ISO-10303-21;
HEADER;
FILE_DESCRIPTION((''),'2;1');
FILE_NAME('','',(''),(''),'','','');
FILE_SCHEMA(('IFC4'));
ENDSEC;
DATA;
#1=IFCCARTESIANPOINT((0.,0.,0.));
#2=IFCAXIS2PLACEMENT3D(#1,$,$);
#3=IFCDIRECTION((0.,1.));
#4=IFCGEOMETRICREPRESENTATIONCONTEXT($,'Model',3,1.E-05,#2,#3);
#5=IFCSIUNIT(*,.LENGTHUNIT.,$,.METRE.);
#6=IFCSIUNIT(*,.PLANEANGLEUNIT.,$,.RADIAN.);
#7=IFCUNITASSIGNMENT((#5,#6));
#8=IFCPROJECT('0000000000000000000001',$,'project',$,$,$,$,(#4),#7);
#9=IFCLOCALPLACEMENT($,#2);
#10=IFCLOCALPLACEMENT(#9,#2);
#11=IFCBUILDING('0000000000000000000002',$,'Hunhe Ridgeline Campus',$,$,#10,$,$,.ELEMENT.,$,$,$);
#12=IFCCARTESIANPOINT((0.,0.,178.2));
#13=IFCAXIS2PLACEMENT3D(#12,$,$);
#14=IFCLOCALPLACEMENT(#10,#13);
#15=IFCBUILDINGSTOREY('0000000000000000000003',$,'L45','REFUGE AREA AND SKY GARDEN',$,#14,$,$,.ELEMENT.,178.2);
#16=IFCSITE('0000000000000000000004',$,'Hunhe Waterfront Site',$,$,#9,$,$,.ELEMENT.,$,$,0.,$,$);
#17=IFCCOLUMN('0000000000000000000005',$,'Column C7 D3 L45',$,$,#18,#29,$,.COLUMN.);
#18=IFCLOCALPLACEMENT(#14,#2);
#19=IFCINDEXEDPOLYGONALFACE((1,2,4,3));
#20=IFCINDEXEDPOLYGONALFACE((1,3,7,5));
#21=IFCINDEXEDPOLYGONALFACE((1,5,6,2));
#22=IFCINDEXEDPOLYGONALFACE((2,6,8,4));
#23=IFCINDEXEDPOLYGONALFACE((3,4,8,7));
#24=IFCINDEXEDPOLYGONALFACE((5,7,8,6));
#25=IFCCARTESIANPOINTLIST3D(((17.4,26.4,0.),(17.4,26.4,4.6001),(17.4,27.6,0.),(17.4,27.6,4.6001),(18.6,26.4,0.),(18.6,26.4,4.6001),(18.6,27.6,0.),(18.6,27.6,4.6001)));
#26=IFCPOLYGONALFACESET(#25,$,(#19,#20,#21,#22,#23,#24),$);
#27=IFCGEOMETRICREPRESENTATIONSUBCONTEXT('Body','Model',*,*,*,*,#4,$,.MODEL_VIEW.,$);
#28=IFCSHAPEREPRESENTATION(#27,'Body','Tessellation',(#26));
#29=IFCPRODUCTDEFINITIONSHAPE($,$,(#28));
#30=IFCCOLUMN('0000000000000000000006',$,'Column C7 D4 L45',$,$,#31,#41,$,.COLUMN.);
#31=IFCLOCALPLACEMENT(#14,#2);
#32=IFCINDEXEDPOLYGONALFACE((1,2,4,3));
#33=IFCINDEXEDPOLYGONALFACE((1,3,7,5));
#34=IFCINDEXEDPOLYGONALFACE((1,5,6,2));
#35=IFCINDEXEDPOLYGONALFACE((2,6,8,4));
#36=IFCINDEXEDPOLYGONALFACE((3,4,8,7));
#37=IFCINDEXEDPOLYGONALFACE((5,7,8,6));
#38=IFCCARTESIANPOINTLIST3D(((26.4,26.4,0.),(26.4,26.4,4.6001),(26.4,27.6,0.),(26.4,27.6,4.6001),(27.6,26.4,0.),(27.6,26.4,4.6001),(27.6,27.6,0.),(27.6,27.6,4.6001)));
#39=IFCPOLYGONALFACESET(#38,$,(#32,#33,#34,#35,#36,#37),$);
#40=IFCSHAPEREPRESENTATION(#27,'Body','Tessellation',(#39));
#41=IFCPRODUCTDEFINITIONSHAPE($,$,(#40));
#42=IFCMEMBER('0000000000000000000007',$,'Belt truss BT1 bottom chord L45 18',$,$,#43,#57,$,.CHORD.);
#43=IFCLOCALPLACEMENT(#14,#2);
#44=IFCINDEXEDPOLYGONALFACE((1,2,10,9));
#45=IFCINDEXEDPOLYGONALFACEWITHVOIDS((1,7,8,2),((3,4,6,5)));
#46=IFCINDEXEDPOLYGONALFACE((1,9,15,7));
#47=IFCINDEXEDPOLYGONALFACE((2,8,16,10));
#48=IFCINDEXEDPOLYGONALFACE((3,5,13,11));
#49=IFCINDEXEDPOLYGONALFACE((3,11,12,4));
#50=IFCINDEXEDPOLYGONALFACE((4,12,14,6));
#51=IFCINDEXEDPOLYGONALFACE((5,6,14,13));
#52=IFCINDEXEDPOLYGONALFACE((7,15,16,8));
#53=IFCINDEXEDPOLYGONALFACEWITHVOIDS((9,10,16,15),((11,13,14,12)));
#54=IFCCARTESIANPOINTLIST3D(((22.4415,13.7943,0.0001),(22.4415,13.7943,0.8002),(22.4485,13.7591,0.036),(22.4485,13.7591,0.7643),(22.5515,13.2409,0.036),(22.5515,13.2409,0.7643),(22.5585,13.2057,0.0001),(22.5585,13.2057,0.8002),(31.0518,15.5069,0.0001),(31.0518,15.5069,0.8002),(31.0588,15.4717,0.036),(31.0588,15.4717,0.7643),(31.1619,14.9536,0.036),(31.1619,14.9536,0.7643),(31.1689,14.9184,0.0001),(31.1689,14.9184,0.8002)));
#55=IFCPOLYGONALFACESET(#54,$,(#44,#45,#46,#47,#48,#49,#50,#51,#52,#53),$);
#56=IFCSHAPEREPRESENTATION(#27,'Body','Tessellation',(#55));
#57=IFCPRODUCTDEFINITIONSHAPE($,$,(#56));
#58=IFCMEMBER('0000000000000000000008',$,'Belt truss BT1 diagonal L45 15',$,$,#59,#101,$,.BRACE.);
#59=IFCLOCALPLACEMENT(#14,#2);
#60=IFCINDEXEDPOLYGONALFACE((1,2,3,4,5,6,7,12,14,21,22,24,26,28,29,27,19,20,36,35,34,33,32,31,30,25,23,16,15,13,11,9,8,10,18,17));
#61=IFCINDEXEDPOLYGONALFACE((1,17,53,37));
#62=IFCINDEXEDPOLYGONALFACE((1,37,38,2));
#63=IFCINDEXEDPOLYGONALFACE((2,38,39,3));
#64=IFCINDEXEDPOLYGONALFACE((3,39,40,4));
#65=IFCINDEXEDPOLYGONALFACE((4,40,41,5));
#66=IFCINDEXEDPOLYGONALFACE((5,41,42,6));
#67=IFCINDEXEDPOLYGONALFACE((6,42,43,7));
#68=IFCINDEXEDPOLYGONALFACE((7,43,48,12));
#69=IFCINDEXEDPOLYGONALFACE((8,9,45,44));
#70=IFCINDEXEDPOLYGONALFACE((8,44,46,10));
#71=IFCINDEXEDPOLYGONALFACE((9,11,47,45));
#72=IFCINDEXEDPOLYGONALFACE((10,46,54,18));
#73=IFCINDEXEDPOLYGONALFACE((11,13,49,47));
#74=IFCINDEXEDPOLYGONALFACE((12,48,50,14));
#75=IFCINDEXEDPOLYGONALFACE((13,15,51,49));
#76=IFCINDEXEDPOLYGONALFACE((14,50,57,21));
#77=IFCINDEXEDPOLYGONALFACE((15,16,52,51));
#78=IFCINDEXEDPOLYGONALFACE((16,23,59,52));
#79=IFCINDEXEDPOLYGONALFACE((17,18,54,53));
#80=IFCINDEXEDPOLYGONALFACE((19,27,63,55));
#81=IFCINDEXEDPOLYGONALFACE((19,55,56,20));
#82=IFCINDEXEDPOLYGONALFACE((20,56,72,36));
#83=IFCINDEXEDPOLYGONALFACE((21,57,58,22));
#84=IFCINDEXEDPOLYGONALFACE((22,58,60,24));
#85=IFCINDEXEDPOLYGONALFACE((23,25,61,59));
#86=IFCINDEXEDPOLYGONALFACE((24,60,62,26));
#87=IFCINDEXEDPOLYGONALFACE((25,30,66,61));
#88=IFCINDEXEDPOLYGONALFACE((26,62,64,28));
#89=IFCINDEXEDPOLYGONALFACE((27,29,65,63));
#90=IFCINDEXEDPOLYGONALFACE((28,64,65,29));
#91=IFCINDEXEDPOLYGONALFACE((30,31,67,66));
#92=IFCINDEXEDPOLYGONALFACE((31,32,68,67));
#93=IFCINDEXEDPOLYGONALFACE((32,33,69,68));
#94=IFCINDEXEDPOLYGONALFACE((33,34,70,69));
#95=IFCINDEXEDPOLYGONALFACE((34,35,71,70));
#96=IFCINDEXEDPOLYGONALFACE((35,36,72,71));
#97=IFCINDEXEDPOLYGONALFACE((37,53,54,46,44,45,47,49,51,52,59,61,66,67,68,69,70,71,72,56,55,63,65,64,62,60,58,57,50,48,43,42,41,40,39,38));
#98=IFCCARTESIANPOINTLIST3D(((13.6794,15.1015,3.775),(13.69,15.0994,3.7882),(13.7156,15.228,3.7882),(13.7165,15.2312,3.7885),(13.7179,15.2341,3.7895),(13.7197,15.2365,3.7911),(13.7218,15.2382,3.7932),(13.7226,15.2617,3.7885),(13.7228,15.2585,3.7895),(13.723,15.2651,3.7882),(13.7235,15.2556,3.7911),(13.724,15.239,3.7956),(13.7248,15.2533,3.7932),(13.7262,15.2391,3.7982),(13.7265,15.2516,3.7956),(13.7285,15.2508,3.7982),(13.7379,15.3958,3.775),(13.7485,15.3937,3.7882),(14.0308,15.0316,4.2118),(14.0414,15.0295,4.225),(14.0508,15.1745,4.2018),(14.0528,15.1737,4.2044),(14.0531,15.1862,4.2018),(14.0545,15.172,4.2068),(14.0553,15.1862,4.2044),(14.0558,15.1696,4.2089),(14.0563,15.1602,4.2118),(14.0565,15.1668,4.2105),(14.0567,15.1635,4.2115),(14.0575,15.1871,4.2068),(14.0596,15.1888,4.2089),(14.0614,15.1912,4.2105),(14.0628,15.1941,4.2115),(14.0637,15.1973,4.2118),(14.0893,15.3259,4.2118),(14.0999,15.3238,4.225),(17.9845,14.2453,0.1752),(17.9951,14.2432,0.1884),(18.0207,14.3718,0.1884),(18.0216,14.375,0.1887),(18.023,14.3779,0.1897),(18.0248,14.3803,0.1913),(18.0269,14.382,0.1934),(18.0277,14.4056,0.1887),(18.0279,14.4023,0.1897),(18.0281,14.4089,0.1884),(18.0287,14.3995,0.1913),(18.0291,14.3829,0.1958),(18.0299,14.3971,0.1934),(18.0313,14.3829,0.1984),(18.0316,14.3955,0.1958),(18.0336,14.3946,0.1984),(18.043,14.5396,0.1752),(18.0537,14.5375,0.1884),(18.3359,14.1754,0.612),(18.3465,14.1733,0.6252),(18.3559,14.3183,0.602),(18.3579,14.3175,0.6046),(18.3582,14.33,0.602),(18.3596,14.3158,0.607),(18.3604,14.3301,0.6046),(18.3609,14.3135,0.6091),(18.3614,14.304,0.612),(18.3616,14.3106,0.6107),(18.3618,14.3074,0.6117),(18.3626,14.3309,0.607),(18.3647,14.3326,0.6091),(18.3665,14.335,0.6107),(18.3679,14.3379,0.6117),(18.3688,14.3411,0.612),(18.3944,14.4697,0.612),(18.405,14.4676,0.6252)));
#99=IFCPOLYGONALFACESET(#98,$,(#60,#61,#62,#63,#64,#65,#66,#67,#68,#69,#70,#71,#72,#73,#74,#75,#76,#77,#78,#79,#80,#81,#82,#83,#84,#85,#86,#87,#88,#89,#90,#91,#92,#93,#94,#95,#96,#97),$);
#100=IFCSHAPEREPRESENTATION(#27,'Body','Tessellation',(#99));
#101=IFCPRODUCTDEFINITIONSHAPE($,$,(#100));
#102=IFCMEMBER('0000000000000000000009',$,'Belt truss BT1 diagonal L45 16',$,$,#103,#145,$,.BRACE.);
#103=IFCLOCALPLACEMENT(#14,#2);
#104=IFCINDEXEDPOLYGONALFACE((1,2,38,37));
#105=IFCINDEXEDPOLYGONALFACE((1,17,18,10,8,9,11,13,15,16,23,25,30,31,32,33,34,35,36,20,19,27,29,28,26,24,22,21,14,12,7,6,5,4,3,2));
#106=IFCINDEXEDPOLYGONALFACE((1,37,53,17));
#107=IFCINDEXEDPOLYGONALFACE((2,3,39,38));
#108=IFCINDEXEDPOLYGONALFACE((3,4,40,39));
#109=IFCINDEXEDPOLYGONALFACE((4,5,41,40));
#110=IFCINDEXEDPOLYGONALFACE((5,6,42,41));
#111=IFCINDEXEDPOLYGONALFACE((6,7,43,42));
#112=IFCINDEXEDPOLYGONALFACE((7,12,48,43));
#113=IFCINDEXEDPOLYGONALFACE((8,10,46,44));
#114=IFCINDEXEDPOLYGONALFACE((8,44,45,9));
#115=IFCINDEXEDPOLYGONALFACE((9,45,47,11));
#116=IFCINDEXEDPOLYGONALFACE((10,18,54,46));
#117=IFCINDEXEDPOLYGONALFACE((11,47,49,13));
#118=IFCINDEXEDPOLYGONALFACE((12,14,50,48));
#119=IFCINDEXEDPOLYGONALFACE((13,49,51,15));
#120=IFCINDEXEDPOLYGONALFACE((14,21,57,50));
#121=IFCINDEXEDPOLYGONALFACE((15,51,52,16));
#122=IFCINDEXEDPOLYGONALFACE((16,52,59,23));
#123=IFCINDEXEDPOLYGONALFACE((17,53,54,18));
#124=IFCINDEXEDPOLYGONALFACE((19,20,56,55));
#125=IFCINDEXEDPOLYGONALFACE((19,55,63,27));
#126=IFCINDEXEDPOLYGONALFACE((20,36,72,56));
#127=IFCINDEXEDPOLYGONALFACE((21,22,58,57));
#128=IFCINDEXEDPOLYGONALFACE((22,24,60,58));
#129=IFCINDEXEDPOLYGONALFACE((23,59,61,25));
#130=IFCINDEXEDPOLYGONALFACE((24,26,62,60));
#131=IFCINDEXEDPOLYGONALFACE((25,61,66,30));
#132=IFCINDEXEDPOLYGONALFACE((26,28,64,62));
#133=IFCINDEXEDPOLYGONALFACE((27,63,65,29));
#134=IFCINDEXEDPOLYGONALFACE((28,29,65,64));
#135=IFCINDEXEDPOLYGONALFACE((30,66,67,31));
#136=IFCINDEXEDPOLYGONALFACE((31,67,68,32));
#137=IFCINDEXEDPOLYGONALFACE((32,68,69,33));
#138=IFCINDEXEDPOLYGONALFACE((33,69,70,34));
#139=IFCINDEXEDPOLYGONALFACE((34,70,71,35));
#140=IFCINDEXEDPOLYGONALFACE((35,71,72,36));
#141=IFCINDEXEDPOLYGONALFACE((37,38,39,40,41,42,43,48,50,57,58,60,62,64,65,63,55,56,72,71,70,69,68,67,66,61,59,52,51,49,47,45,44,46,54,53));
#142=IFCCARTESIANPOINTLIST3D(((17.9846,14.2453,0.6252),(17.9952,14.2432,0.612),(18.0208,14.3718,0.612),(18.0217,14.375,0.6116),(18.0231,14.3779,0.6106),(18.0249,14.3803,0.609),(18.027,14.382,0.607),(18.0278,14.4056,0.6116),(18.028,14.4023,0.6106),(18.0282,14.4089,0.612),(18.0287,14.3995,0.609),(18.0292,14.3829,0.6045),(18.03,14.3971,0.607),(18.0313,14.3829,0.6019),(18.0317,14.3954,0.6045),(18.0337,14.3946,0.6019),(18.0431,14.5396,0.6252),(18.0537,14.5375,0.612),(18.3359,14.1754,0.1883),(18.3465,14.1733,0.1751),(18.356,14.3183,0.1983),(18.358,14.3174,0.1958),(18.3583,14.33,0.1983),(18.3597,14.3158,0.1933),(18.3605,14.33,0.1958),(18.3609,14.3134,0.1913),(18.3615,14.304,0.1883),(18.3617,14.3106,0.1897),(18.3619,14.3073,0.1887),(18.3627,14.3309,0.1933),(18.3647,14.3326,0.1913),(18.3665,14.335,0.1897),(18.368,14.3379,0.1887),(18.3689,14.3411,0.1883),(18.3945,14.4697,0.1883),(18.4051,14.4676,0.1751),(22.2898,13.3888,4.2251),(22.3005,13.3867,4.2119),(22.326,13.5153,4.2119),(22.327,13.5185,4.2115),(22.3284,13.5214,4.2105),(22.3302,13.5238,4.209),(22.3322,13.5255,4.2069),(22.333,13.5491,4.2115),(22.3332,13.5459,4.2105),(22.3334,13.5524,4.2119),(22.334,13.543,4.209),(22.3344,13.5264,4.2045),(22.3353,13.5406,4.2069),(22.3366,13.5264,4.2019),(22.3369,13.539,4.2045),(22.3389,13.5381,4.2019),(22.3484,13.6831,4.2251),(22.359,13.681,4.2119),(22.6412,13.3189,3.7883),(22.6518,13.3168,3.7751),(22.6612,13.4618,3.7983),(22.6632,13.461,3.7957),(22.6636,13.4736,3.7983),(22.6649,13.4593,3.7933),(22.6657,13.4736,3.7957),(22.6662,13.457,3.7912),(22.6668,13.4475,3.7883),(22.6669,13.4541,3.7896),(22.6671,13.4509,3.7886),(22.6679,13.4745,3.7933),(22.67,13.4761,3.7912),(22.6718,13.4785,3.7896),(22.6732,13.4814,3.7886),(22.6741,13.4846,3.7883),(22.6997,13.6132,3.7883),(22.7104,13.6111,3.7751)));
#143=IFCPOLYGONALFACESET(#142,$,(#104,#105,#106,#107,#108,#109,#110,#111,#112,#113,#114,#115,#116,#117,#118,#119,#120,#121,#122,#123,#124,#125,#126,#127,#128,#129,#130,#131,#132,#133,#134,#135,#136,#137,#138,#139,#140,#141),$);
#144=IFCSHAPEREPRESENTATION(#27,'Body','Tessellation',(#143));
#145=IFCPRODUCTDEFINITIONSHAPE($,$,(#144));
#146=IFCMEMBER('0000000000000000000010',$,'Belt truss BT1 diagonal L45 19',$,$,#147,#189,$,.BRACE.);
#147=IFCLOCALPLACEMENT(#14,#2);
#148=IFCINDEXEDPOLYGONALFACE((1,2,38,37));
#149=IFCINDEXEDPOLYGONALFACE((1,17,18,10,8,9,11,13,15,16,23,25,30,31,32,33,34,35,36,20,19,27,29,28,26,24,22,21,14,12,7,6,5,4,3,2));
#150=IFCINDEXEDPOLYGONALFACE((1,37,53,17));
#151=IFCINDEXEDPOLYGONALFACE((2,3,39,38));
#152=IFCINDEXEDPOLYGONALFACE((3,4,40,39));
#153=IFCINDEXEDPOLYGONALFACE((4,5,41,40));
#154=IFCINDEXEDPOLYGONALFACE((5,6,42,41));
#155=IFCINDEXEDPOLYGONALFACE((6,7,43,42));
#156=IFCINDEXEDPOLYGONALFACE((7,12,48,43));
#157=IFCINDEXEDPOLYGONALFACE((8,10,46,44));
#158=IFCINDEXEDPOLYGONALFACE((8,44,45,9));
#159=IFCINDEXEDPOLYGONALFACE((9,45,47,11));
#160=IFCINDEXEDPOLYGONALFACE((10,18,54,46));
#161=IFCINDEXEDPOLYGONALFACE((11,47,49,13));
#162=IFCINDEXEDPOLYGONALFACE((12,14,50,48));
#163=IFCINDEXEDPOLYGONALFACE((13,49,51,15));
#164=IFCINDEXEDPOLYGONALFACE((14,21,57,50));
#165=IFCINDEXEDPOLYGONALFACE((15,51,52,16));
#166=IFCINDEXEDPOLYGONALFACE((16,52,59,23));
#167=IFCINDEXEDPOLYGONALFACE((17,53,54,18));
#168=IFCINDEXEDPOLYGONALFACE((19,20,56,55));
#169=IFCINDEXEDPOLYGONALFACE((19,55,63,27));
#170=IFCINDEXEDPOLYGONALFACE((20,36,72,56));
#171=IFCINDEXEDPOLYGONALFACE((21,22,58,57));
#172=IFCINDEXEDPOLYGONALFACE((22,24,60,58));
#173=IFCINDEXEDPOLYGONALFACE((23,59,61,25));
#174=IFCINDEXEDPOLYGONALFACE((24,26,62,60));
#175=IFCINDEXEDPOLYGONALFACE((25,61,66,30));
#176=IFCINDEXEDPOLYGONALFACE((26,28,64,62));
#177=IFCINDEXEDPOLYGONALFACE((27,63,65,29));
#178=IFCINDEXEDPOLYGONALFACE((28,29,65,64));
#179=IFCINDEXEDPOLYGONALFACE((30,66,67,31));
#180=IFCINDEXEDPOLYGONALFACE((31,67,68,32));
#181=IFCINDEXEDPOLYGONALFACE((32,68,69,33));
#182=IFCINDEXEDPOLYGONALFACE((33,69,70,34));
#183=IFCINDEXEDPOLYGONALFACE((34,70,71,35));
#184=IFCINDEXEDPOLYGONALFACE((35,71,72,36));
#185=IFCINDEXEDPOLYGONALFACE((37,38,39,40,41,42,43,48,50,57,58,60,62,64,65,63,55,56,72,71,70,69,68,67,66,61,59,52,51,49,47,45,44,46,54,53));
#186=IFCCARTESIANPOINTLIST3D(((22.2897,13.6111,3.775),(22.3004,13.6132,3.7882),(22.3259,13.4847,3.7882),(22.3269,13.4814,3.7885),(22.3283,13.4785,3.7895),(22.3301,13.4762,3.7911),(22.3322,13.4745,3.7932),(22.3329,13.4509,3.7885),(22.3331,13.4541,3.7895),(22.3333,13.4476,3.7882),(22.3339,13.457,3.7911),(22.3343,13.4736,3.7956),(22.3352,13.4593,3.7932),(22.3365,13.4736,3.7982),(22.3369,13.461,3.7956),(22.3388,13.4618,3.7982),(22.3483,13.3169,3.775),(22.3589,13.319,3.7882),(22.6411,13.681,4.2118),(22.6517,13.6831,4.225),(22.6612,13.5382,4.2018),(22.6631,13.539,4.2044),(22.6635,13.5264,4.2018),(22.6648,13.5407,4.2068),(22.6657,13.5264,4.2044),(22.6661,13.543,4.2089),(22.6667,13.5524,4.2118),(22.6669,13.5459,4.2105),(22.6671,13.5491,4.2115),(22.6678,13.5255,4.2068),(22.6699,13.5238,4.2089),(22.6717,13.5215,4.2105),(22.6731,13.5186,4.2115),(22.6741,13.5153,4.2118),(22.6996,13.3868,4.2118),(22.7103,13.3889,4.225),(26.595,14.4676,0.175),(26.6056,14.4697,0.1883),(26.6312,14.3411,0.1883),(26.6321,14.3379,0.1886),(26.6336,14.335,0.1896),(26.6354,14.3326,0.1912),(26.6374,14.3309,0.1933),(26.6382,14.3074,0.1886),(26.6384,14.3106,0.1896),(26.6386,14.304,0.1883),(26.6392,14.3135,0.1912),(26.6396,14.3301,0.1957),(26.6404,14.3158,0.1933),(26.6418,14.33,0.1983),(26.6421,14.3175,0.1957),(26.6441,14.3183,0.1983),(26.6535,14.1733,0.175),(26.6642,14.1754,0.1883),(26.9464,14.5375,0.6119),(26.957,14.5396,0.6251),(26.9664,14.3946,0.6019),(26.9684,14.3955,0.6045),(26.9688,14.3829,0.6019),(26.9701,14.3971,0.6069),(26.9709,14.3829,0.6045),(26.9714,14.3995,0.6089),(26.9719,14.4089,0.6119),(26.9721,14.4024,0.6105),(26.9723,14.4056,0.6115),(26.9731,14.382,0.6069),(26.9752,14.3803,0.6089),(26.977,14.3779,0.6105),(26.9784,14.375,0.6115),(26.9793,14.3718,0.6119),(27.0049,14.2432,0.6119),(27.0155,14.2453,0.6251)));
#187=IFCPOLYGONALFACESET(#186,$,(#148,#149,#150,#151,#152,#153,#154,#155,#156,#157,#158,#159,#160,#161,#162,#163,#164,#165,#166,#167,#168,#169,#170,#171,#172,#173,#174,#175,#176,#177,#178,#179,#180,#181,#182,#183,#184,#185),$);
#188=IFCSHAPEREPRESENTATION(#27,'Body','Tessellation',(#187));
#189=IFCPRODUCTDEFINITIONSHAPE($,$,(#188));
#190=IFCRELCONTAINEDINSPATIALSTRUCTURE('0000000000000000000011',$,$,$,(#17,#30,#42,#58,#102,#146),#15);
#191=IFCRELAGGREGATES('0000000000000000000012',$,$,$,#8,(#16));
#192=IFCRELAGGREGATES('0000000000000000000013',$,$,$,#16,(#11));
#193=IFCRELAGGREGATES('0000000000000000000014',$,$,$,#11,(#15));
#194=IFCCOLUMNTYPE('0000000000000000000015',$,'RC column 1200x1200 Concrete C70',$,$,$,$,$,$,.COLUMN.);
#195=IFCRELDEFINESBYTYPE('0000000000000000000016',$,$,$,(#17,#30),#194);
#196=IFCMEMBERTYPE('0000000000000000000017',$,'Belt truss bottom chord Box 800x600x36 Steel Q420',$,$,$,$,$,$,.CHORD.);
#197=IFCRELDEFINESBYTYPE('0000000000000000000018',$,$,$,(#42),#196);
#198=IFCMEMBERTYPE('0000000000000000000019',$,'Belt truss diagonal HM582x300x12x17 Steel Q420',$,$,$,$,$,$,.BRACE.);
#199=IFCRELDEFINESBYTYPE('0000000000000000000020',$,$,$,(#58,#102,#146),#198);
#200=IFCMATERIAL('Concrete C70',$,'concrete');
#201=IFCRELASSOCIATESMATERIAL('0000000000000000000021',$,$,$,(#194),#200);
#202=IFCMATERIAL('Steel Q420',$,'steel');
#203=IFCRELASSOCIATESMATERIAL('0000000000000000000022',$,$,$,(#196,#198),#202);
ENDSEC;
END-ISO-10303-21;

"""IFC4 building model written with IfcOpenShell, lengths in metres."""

from ifc_helpers import new_model, si_unit, direction, frame, origin, origin_2d, place, context, subcontext, project, spatial, rectangle, hollow_rectangle, i_section, extrude, material, material_profile, profile_set, type_object, element, save


model = new_model("IFC4")

# Units and contexts
model_context = context("Model", 3, precision=1e-05, world=origin(), true_north=direction((0.0, 1.0)))
body_context = subcontext(model_context, "Body", "Model", "MODEL_VIEW")
ifc_project = project(units=[si_unit("LENGTHUNIT", "METRE"), si_unit("PLANEANGLEUNIT", "RADIAN")], contexts=[model_context])

# Site, building, storey
site_placement = place(None, origin())
site = spatial("IfcSite", under=ifc_project, at=site_placement, Name="Hunhe Waterfront Site", CompositionType="ELEMENT", RefElevation=0.0)
building_placement = place(site_placement, origin())
building = spatial("IfcBuilding", under=site, at=building_placement, Name="Hunhe Ridgeline Campus", CompositionType="ELEMENT")
storey_placement = place(building_placement, frame((0.0, 0.0, 178.2)))
storey = spatial("IfcBuildingStorey", under=building, at=storey_placement, Name="L45", Description="REFUGE AREA AND SKY GARDEN", CompositionType="ELEMENT", Elevation=178.2)

# Columns
ifc_material_1 = material(Name="Concrete C70", Category="concrete")
ifc_material_profile_1 = material_profile(ifc_material_1, rectangle(XDim=1.2, YDim=1.2, at=origin_2d()))
ifc_profile_set_1 = profile_set([ifc_material_profile_1], Name="Concrete C70")
column_type = type_object("IfcColumnType", Name="RC column 1200x1200 Concrete C70", PredefinedType="COLUMN", material=ifc_profile_set_1)
for number, where, z_axis, x_axis, name in (
    (1, (18.0, 27.0, 0.0), (0.0, 0.0, 1.0), (1.0, 0.0, 0.0), "Column C7 D3 L45"),
    (2, (27.0, 27.0, 0.0), (0.0, 0.0, 1.0), (1.0, 0.0, 0.0), "Column C7 D4 L45"),
):
    element("IfcColumn", number, at=place(storey_placement, frame(where, z_axis=z_axis, x_axis=x_axis)), inside=storey, type_object=column_type, Name=name, PredefinedType="COLUMN", context=body_context, shape_type="SweptSolid", body=[
        extrude(rectangle(XDim=1.2, YDim=1.2, at=origin_2d()), origin(), (0.0, 0.0, 1.0), 4.6001),
    ])

# Members
ifc_material_2 = material(Name="Steel Q420", Category="steel")
ifc_material_profile_2 = material_profile(ifc_material_2, hollow_rectangle(XDim=0.6001, YDim=0.8, WallThickness=0.0359, at=origin_2d()))
ifc_profile_set_2 = profile_set([ifc_material_profile_2], Name="Steel Q420")
member_type_1 = type_object("IfcMemberType", Name="Belt truss bottom chord Box 800x600x36 Steel Q420", PredefinedType="CHORD", material=ifc_profile_set_2)
member_1_placement = place(storey_placement, frame((22.5, 13.5, 0.4001), z_axis=(0.980787, 0.195084, 0.0), x_axis=(-0.195084, 0.980787, 0.0)))
element("IfcMember", 3, at=member_1_placement, inside=storey, type_object=member_type_1, Name="Belt truss BT1 bottom chord L45 18", PredefinedType="CHORD", context=body_context, shape_type="SweptSolid", body=[
    extrude(hollow_rectangle(XDim=0.6001, YDim=0.8, WallThickness=0.0359, at=origin_2d()), origin(), (0.0, 0.0, 1.0), 8.7791),
])
ifc_material_profile_3 = material_profile(ifc_material_2, i_section(OverallWidth=0.3, OverallDepth=0.582, WebThickness=0.012, FlangeThickness=0.0171, FilletRadius=0.0129, at=origin_2d()))
ifc_profile_set_3 = profile_set([ifc_material_profile_3], Name="Steel Q420")
member_type_2 = type_object("IfcMemberType", Name="Belt truss diagonal HM582x300x12x17 Steel Q420", PredefinedType="BRACE", material=ifc_profile_set_3)
member_2_placement = place(storey_placement, frame((13.8896, 15.2126, 4.0), z_axis=(0.758375, -0.150823, -0.634129), x_axis=(0.195057, 0.980792, 0.0)))
element("IfcMember", 4, at=member_2_placement, inside=storey, type_object=member_type_2, Name="Belt truss BT1 diagonal L45 15", PredefinedType="BRACE", context=body_context, shape_type="SweptSolid", body=[
    extrude(i_section(OverallWidth=0.3, OverallDepth=0.582, WebThickness=0.012, FlangeThickness=0.0171, FilletRadius=0.0129, at=origin_2d()), origin(), (0.0, 0.0, 1.0), 5.6768),
])
for number, where, z_axis, x_axis, name in (
    (5, (18.1948, 14.3564, 0.4001), (0.75837, -0.150865, 0.634125), (0.195111, 0.980781, 0.0), "Belt truss BT1 diagonal L45 16"),
    (6, (22.5, 13.5, 4.0), (0.75837, 0.150865, -0.634125), (-0.195111, 0.980781, 0.0), "Belt truss BT1 diagonal L45 19"),
):
    element("IfcMember", number, at=place(storey_placement, frame(where, z_axis=z_axis, x_axis=x_axis)), inside=storey, type_object=member_type_2, Name=name, PredefinedType="BRACE", context=body_context, shape_type="SweptSolid", body=[
        extrude(i_section(OverallWidth=0.3, OverallDepth=0.582, WebThickness=0.012, FlangeThickness=0.0171, FilletRadius=0.0129, at=origin_2d()), origin(), (0.0, 0.0, 1.0), 5.677),
    ])

save(model, "model.ifc")
